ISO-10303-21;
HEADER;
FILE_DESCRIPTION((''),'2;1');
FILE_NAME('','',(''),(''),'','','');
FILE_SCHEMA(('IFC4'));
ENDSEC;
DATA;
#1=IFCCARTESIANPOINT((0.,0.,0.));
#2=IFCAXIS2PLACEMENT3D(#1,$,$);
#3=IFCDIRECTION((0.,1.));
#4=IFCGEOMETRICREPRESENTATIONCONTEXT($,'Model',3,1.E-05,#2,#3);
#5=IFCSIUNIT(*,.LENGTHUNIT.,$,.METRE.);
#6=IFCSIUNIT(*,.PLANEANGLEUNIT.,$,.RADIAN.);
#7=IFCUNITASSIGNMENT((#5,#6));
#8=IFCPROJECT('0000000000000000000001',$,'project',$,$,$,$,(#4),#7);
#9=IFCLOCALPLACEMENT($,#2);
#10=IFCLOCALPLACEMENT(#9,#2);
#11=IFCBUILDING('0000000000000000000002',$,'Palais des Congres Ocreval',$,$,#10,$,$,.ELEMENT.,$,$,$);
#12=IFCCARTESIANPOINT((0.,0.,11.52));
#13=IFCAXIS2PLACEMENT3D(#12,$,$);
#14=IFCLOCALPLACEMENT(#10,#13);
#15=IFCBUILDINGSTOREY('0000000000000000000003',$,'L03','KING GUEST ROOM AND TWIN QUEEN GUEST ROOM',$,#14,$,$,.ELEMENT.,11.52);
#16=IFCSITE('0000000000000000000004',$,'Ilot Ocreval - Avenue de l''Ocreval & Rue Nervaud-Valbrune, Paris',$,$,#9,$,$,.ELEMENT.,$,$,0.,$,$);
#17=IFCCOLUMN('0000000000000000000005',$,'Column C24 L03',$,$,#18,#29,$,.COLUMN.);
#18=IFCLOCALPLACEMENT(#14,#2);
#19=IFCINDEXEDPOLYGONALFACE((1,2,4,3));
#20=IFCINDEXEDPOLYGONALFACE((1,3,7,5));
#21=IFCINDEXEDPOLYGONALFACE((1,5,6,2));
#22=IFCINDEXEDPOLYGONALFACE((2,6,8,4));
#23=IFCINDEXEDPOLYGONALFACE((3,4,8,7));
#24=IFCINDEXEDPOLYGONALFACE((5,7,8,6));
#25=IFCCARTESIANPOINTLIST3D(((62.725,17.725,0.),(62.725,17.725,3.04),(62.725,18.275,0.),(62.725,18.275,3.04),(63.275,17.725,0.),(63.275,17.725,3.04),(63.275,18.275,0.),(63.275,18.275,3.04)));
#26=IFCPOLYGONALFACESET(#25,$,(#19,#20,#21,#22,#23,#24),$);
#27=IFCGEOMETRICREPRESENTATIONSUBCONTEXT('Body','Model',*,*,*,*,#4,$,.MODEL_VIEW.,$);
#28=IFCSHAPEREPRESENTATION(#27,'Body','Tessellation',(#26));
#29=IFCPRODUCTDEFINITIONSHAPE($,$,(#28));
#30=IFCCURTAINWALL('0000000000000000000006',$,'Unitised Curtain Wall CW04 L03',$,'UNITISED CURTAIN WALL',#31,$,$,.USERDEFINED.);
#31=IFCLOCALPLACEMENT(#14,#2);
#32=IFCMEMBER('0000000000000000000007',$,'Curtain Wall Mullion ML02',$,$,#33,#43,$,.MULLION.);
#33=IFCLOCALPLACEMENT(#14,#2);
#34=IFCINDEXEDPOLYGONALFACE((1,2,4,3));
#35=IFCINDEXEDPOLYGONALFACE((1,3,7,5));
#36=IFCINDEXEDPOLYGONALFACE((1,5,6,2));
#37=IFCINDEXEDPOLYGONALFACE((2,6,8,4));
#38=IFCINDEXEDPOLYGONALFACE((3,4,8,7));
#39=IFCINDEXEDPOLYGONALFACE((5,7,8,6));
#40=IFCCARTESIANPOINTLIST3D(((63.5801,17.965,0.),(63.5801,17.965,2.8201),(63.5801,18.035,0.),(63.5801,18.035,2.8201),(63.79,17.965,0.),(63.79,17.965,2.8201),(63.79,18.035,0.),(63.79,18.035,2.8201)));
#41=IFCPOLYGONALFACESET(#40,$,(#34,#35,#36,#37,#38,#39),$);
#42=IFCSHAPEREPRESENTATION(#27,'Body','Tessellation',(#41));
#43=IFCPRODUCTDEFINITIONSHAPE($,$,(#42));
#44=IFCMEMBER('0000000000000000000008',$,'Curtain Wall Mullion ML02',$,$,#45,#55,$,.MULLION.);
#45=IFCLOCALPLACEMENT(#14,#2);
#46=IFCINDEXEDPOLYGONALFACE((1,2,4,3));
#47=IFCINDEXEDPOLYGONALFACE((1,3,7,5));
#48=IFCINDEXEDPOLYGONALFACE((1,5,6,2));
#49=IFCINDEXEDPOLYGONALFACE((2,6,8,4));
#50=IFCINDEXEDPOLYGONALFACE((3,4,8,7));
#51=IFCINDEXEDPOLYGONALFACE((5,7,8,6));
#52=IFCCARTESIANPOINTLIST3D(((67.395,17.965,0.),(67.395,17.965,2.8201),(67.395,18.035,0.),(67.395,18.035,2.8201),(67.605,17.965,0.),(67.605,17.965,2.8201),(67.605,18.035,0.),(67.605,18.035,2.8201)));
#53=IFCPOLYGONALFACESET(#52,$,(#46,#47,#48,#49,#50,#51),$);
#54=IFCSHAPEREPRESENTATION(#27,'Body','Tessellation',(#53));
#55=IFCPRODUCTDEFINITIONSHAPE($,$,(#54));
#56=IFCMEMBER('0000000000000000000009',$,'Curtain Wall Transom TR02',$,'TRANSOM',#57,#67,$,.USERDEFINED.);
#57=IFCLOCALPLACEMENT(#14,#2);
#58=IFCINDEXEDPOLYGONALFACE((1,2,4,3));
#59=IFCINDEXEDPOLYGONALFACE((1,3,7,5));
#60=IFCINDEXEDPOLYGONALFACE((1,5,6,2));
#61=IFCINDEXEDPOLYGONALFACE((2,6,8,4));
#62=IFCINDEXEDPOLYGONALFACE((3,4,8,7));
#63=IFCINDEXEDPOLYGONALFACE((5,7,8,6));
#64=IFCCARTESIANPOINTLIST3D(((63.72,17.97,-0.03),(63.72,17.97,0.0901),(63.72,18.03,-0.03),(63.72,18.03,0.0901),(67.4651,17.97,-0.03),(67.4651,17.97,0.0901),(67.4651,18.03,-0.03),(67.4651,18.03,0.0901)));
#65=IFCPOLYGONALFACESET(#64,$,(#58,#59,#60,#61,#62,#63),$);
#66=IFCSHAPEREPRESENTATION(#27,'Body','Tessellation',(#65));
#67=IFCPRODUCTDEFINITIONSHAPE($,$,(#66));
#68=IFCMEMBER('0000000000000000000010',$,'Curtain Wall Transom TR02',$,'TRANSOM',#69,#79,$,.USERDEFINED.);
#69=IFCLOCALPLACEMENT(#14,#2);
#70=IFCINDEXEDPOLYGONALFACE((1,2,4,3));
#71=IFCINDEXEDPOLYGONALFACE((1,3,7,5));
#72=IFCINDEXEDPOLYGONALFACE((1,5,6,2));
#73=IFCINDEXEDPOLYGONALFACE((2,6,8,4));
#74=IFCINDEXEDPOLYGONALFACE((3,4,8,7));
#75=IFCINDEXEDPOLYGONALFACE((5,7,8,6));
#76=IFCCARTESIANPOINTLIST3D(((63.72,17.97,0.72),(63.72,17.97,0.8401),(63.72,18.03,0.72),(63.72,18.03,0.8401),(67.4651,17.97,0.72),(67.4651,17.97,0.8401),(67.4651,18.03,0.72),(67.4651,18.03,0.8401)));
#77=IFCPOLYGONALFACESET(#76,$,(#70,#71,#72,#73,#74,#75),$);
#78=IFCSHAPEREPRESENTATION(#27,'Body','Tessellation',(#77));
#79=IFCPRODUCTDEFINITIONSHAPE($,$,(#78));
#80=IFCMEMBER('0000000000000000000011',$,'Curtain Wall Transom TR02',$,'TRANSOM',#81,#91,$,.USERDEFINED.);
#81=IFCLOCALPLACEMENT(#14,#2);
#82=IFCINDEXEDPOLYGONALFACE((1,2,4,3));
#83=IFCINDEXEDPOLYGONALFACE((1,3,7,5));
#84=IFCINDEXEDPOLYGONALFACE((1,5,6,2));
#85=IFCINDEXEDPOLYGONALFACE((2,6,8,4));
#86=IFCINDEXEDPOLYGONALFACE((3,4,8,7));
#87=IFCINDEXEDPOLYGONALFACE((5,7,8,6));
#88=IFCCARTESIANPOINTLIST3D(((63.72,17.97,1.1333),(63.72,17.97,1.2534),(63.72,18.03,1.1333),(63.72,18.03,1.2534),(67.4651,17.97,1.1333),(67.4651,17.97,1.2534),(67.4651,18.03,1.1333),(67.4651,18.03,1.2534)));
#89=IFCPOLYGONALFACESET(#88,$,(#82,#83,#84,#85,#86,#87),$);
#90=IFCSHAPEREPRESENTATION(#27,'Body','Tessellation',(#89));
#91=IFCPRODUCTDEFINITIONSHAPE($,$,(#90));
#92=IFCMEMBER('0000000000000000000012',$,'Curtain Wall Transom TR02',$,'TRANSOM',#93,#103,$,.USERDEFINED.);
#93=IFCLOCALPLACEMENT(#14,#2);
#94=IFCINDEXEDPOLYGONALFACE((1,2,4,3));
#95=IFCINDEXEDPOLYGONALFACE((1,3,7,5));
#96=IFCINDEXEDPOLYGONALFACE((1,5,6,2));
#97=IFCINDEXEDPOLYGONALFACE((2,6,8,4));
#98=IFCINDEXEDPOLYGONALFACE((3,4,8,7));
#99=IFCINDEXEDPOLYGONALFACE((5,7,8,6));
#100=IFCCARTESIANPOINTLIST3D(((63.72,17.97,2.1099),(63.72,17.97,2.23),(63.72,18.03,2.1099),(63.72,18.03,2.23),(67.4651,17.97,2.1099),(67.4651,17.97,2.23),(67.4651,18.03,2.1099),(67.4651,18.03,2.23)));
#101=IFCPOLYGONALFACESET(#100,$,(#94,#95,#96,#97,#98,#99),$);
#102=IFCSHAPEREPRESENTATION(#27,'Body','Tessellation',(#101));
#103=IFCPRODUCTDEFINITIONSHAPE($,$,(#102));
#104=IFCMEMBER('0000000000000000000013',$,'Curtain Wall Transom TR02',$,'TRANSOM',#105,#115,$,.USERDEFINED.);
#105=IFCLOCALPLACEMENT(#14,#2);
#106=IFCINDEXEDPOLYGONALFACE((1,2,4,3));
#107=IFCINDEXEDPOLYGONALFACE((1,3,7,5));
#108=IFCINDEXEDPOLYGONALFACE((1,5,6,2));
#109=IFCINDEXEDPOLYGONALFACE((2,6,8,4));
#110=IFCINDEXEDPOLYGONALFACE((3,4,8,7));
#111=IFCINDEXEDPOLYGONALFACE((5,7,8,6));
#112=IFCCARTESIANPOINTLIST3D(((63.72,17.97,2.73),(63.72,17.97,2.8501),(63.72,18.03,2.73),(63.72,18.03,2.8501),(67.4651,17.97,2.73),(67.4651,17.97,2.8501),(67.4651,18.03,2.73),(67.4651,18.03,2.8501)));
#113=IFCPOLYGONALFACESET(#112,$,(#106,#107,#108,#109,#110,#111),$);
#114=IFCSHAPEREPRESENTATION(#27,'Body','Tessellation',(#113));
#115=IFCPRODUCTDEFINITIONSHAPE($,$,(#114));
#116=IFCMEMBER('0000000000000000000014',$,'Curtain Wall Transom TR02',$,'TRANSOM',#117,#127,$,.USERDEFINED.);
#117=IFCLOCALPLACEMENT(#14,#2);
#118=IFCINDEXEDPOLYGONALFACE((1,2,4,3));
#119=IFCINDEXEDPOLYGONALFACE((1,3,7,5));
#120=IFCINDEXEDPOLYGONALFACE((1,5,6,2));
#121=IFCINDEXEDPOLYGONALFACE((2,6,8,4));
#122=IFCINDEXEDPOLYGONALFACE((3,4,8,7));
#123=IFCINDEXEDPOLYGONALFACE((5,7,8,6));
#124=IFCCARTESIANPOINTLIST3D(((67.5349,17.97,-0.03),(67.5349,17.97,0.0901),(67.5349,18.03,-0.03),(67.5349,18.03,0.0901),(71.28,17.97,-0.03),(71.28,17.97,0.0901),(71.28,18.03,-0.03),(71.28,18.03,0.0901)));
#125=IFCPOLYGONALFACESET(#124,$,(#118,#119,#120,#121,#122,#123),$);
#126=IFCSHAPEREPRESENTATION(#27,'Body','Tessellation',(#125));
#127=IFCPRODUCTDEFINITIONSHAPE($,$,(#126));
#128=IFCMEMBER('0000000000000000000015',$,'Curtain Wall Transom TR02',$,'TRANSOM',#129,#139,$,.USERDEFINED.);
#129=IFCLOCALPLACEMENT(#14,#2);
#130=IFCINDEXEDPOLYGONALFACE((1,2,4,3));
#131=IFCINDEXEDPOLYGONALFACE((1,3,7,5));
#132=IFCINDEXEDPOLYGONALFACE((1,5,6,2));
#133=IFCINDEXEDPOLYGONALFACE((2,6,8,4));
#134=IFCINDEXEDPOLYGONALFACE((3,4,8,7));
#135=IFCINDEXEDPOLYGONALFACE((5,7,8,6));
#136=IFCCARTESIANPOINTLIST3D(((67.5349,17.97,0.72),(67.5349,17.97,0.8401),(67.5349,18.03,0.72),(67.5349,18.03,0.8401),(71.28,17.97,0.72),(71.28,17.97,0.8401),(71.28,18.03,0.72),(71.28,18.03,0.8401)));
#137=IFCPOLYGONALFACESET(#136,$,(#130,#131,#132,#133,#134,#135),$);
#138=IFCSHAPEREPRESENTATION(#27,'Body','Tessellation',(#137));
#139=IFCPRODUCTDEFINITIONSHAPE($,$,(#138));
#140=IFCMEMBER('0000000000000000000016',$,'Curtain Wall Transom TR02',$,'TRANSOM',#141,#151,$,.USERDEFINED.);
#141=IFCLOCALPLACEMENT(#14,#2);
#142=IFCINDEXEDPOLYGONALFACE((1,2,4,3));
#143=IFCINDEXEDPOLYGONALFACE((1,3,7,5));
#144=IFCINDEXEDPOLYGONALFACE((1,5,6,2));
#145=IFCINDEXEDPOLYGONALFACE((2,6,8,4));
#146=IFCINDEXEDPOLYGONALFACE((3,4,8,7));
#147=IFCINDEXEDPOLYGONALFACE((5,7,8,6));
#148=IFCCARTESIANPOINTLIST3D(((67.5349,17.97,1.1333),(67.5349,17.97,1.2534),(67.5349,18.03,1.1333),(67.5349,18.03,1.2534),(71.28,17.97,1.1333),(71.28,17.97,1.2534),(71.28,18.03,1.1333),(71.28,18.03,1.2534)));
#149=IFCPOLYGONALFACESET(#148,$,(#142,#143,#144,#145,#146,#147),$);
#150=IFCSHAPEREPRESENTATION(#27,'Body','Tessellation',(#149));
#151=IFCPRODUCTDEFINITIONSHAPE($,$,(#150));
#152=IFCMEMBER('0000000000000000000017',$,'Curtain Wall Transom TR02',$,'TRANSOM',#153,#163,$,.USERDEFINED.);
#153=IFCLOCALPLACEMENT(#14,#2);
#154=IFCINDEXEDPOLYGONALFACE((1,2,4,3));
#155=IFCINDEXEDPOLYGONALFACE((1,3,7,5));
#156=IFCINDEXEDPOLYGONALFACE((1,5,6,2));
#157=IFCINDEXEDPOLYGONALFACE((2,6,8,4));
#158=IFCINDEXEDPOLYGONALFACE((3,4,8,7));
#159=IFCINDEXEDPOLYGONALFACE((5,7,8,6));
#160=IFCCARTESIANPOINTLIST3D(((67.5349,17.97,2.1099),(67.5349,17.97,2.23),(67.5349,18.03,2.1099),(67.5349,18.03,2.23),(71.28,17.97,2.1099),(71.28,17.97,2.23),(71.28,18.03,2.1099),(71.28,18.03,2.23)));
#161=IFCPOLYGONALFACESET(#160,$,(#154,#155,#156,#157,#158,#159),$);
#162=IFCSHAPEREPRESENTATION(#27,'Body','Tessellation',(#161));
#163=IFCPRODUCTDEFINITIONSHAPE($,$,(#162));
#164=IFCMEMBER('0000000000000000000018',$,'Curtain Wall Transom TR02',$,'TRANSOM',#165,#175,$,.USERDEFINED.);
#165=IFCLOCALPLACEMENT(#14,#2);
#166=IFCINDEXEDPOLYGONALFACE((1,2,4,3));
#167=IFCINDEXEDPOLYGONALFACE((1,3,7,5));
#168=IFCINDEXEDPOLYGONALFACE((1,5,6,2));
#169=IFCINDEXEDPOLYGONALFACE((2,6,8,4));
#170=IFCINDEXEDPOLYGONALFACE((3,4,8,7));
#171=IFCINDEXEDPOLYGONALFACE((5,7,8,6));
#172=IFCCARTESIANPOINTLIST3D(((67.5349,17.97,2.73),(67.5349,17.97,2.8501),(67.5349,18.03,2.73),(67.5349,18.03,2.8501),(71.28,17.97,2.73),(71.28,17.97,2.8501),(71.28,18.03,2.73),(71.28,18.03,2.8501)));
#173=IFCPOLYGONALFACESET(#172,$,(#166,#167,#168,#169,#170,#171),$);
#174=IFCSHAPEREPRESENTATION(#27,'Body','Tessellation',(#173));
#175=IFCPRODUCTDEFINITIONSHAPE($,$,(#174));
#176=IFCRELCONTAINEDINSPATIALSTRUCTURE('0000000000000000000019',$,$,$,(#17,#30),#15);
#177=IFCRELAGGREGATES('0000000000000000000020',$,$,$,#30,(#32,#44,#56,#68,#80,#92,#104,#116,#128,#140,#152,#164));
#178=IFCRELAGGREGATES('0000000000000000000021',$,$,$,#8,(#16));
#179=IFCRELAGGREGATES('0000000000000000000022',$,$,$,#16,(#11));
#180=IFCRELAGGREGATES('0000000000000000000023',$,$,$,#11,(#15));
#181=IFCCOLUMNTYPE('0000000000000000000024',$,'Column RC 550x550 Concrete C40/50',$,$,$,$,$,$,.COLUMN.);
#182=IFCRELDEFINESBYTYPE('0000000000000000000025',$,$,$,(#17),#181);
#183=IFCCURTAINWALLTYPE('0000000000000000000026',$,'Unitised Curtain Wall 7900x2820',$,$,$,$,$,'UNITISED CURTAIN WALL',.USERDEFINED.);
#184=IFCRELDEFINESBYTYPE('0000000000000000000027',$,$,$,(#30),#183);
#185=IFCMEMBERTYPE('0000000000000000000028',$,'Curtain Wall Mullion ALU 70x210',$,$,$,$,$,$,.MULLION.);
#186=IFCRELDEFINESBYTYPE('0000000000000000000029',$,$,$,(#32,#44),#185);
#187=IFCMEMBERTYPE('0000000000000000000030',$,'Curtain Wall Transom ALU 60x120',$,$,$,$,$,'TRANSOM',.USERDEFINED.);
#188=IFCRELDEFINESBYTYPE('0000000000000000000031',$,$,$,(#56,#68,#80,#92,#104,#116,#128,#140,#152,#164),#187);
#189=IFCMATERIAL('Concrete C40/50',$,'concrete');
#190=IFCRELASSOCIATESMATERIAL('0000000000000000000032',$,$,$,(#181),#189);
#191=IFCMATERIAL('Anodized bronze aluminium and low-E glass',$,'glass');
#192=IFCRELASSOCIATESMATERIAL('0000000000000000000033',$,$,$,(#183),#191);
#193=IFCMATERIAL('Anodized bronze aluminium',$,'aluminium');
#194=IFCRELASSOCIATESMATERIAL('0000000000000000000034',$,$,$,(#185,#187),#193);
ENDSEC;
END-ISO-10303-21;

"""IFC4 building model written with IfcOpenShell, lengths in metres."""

from ifc_helpers import new_model, si_unit, direction, frame, origin, origin_2d, place, context, subcontext, project, spatial, rectangle, extrude, material, material_profile, profile_set, type_object, element, aggregate, save


model = new_model("IFC4")

# Units and contexts
model_context = context("Model", 3, precision=1e-05, world=origin(), true_north=direction((0.0, 1.0)))
body_context = subcontext(model_context, "Body", "Model", "MODEL_VIEW")
ifc_project = project(units=[si_unit("LENGTHUNIT", "METRE"), si_unit("PLANEANGLEUNIT", "RADIAN")], contexts=[model_context])

# Site, building, storey
site_placement = place(None, origin())
site = spatial("IfcSite", under=ifc_project, at=site_placement, Name="Ilot Ocreval - Avenue de l'Ocreval & Rue Nervaud-Valbrune, Paris", CompositionType="ELEMENT", RefElevation=0.0)
building_placement = place(site_placement, origin())
building = spatial("IfcBuilding", under=site, at=building_placement, Name="Palais des Congres Ocreval", CompositionType="ELEMENT")
storey_placement = place(building_placement, frame((0.0, 0.0, 11.52)))
storey = spatial("IfcBuildingStorey", under=building, at=storey_placement, Name="L03", Description="KING GUEST ROOM AND TWIN QUEEN GUEST ROOM", CompositionType="ELEMENT", Elevation=11.52)

# Column
ifc_material_1 = material(Name="Concrete C40/50", Category="concrete")
ifc_material_profile_1 = material_profile(ifc_material_1, rectangle(XDim=0.55, YDim=0.55, at=origin_2d()), Name="RC 550x550")
ifc_profile_set_1 = profile_set([ifc_material_profile_1], Name="Concrete C40/50")
column_type = type_object("IfcColumnType", Name="Column RC 550x550 Concrete C40/50", PredefinedType="COLUMN", material=ifc_profile_set_1)
column_placement = place(storey_placement, frame((63.0, 18.0, 0.0), z_axis=(0.0, 0.0, 1.0), x_axis=(1.0, 0.0, 0.0)))
element("IfcColumn", 1, at=column_placement, inside=storey, type_object=column_type, Name="Column C24 L03", PredefinedType="COLUMN", context=body_context, shape_type="SweptSolid", body=[
    extrude(rectangle(XDim=0.55, YDim=0.55, at=origin_2d()), origin(), (0.0, 0.0, 1.0), 3.04),
])

# Curtain wall, members
ifc_material_2 = material(Name="Anodized bronze aluminium and low-E glass", Category="glass")
curtain_wall_type = type_object("IfcCurtainWallType", Name="Unitised Curtain Wall 7900x2820", ElementType="UNITISED CURTAIN WALL", PredefinedType="USERDEFINED", material=ifc_material_2)
curtain_wall_placement = place(storey_placement, origin())
curtain_wall = element("IfcCurtainWall", 2, at=curtain_wall_placement, inside=storey, type_object=curtain_wall_type, Name="Unitised Curtain Wall CW04 L03", ObjectType="UNITISED CURTAIN WALL", PredefinedType="USERDEFINED")
ifc_material_3 = material(Name="Anodized bronze aluminium", Category="aluminium")
ifc_material_profile_2 = material_profile(ifc_material_3, rectangle(XDim=0.0701, YDim=0.21, at=origin_2d()), Name="ALU 70x210")
ifc_profile_set_2 = profile_set([ifc_material_profile_2], Name="Anodized bronze aluminium")
member_type_1 = type_object("IfcMemberType", Name="Curtain Wall Mullion ALU 70x210", PredefinedType="MULLION", material=ifc_profile_set_2)
member_1_placement = place(storey_placement, frame((63.6851, 18.0, 0.0), z_axis=(0.0, 0.0, 1.0), x_axis=(0.0, 1.0, 0.0)))
member_1 = element("IfcMember", 3, at=member_1_placement, type_object=member_type_1, Name="Curtain Wall Mullion ML02", PredefinedType="MULLION", context=body_context, shape_type="SweptSolid", body=[
    extrude(rectangle(XDim=0.0701, YDim=0.21, at=origin_2d()), origin(), (0.0, 0.0, 1.0), 2.8201),
])
member_2_placement = place(storey_placement, frame((67.5, 18.0, 0.0), z_axis=(0.0, 0.0, 1.0), x_axis=(0.0, 1.0, 0.0)))
member_2 = element("IfcMember", 4, at=member_2_placement, type_object=member_type_1, Name="Curtain Wall Mullion ML02", PredefinedType="MULLION", context=body_context, shape_type="SweptSolid", body=[
    extrude(rectangle(XDim=0.0701, YDim=0.21, at=origin_2d()), origin(), (0.0, 0.0, 1.0), 2.8201),
])
ifc_material_profile_3 = material_profile(ifc_material_3, rectangle(XDim=0.0601, YDim=0.1201, at=origin_2d()), Name="ALU 60x120")
ifc_profile_set_3 = profile_set([ifc_material_profile_3], Name="Anodized bronze aluminium")
member_type_2 = type_object("IfcMemberType", Name="Curtain Wall Transom ALU 60x120", ElementType="TRANSOM", PredefinedType="USERDEFINED", material=ifc_profile_set_3)
member_3_placement = place(storey_placement, frame((63.72, 18.0, 0.03), z_axis=(1.0, 0.0, 0.0), x_axis=(0.0, 1.0, 0.0)))
member_3 = element("IfcMember", 5, at=member_3_placement, type_object=member_type_2, Name="Curtain Wall Transom TR02", ObjectType="TRANSOM", PredefinedType="USERDEFINED", context=body_context, shape_type="SweptSolid", body=[
    extrude(rectangle(XDim=0.0601, YDim=0.1201, at=origin_2d()), origin(), (0.0, 0.0, 1.0), 3.7451),
])
member_4_placement = place(storey_placement, frame((63.72, 18.0, 0.78), z_axis=(1.0, 0.0, 0.0), x_axis=(0.0, 1.0, 0.0)))
member_4 = element("IfcMember", 6, at=member_4_placement, type_object=member_type_2, Name="Curtain Wall Transom TR02", ObjectType="TRANSOM", PredefinedType="USERDEFINED", context=body_context, shape_type="SweptSolid", body=[
    extrude(rectangle(XDim=0.0601, YDim=0.1201, at=origin_2d()), origin(), (0.0, 0.0, 1.0), 3.7451),
])
member_5_placement = place(storey_placement, frame((63.72, 18.0, 1.1934), z_axis=(1.0, 0.0, 0.0), x_axis=(0.0, 1.0, 0.0)))
member_5 = element("IfcMember", 7, at=member_5_placement, type_object=member_type_2, Name="Curtain Wall Transom TR02", ObjectType="TRANSOM", PredefinedType="USERDEFINED", context=body_context, shape_type="SweptSolid", body=[
    extrude(rectangle(XDim=0.0601, YDim=0.1201, at=origin_2d()), origin(), (0.0, 0.0, 1.0), 3.7451),
])
member_6_placement = place(storey_placement, frame((63.72, 18.0, 2.1699), z_axis=(1.0, 0.0, 0.0), x_axis=(0.0, 1.0, 0.0)))
member_6 = element("IfcMember", 8, at=member_6_placement, type_object=member_type_2, Name="Curtain Wall Transom TR02", ObjectType="TRANSOM", PredefinedType="USERDEFINED", context=body_context, shape_type="SweptSolid", body=[
    extrude(rectangle(XDim=0.0601, YDim=0.1201, at=origin_2d()), origin(), (0.0, 0.0, 1.0), 3.7451),
])
member_7_placement = place(storey_placement, frame((63.72, 18.0, 2.79), z_axis=(1.0, 0.0, 0.0), x_axis=(0.0, 1.0, 0.0)))
member_7 = element("IfcMember", 9, at=member_7_placement, type_object=member_type_2, Name="Curtain Wall Transom TR02", ObjectType="TRANSOM", PredefinedType="USERDEFINED", context=body_context, shape_type="SweptSolid", body=[
    extrude(rectangle(XDim=0.0601, YDim=0.1201, at=origin_2d()), origin(), (0.0, 0.0, 1.0), 3.7451),
])
member_8_placement = place(storey_placement, frame((67.5349, 18.0, 0.03), z_axis=(1.0, 0.0, 0.0), x_axis=(0.0, 1.0, 0.0)))
member_8 = element("IfcMember", 10, at=member_8_placement, type_object=member_type_2, Name="Curtain Wall Transom TR02", ObjectType="TRANSOM", PredefinedType="USERDEFINED", context=body_context, shape_type="SweptSolid", body=[
    extrude(rectangle(XDim=0.0601, YDim=0.1201, at=origin_2d()), origin(), (0.0, 0.0, 1.0), 3.7451),
])
member_9_placement = place(storey_placement, frame((67.5349, 18.0, 0.78), z_axis=(1.0, 0.0, 0.0), x_axis=(0.0, 1.0, 0.0)))
member_9 = element("IfcMember", 11, at=member_9_placement, type_object=member_type_2, Name="Curtain Wall Transom TR02", ObjectType="TRANSOM", PredefinedType="USERDEFINED", context=body_context, shape_type="SweptSolid", body=[
    extrude(rectangle(XDim=0.0601, YDim=0.1201, at=origin_2d()), origin(), (0.0, 0.0, 1.0), 3.7451),
])
member_10_placement = place(storey_placement, frame((67.5349, 18.0, 1.1934), z_axis=(1.0, 0.0, 0.0), x_axis=(0.0, 1.0, 0.0)))
member_10 = element("IfcMember", 12, at=member_10_placement, type_object=member_type_2, Name="Curtain Wall Transom TR02", ObjectType="TRANSOM", PredefinedType="USERDEFINED", context=body_context, shape_type="SweptSolid", body=[
    extrude(rectangle(XDim=0.0601, YDim=0.1201, at=origin_2d()), origin(), (0.0, 0.0, 1.0), 3.7451),
])
member_11_placement = place(storey_placement, frame((67.5349, 18.0, 2.1699), z_axis=(1.0, 0.0, 0.0), x_axis=(0.0, 1.0, 0.0)))
member_11 = element("IfcMember", 13, at=member_11_placement, type_object=member_type_2, Name="Curtain Wall Transom TR02", ObjectType="TRANSOM", PredefinedType="USERDEFINED", context=body_context, shape_type="SweptSolid", body=[
    extrude(rectangle(XDim=0.0601, YDim=0.1201, at=origin_2d()), origin(), (0.0, 0.0, 1.0), 3.7451),
])
member_12_placement = place(storey_placement, frame((67.5349, 18.0, 2.79), z_axis=(1.0, 0.0, 0.0), x_axis=(0.0, 1.0, 0.0)))
member_12 = element("IfcMember", 14, at=member_12_placement, type_object=member_type_2, Name="Curtain Wall Transom TR02", ObjectType="TRANSOM", PredefinedType="USERDEFINED", context=body_context, shape_type="SweptSolid", body=[
    extrude(rectangle(XDim=0.0601, YDim=0.1201, at=origin_2d()), origin(), (0.0, 0.0, 1.0), 3.7451),
])

aggregate(curtain_wall, [member_1, member_2, member_3, member_4, member_5, member_6, member_7, member_8, member_9, member_10, member_11, member_12])

save(model, "model.ifc")
